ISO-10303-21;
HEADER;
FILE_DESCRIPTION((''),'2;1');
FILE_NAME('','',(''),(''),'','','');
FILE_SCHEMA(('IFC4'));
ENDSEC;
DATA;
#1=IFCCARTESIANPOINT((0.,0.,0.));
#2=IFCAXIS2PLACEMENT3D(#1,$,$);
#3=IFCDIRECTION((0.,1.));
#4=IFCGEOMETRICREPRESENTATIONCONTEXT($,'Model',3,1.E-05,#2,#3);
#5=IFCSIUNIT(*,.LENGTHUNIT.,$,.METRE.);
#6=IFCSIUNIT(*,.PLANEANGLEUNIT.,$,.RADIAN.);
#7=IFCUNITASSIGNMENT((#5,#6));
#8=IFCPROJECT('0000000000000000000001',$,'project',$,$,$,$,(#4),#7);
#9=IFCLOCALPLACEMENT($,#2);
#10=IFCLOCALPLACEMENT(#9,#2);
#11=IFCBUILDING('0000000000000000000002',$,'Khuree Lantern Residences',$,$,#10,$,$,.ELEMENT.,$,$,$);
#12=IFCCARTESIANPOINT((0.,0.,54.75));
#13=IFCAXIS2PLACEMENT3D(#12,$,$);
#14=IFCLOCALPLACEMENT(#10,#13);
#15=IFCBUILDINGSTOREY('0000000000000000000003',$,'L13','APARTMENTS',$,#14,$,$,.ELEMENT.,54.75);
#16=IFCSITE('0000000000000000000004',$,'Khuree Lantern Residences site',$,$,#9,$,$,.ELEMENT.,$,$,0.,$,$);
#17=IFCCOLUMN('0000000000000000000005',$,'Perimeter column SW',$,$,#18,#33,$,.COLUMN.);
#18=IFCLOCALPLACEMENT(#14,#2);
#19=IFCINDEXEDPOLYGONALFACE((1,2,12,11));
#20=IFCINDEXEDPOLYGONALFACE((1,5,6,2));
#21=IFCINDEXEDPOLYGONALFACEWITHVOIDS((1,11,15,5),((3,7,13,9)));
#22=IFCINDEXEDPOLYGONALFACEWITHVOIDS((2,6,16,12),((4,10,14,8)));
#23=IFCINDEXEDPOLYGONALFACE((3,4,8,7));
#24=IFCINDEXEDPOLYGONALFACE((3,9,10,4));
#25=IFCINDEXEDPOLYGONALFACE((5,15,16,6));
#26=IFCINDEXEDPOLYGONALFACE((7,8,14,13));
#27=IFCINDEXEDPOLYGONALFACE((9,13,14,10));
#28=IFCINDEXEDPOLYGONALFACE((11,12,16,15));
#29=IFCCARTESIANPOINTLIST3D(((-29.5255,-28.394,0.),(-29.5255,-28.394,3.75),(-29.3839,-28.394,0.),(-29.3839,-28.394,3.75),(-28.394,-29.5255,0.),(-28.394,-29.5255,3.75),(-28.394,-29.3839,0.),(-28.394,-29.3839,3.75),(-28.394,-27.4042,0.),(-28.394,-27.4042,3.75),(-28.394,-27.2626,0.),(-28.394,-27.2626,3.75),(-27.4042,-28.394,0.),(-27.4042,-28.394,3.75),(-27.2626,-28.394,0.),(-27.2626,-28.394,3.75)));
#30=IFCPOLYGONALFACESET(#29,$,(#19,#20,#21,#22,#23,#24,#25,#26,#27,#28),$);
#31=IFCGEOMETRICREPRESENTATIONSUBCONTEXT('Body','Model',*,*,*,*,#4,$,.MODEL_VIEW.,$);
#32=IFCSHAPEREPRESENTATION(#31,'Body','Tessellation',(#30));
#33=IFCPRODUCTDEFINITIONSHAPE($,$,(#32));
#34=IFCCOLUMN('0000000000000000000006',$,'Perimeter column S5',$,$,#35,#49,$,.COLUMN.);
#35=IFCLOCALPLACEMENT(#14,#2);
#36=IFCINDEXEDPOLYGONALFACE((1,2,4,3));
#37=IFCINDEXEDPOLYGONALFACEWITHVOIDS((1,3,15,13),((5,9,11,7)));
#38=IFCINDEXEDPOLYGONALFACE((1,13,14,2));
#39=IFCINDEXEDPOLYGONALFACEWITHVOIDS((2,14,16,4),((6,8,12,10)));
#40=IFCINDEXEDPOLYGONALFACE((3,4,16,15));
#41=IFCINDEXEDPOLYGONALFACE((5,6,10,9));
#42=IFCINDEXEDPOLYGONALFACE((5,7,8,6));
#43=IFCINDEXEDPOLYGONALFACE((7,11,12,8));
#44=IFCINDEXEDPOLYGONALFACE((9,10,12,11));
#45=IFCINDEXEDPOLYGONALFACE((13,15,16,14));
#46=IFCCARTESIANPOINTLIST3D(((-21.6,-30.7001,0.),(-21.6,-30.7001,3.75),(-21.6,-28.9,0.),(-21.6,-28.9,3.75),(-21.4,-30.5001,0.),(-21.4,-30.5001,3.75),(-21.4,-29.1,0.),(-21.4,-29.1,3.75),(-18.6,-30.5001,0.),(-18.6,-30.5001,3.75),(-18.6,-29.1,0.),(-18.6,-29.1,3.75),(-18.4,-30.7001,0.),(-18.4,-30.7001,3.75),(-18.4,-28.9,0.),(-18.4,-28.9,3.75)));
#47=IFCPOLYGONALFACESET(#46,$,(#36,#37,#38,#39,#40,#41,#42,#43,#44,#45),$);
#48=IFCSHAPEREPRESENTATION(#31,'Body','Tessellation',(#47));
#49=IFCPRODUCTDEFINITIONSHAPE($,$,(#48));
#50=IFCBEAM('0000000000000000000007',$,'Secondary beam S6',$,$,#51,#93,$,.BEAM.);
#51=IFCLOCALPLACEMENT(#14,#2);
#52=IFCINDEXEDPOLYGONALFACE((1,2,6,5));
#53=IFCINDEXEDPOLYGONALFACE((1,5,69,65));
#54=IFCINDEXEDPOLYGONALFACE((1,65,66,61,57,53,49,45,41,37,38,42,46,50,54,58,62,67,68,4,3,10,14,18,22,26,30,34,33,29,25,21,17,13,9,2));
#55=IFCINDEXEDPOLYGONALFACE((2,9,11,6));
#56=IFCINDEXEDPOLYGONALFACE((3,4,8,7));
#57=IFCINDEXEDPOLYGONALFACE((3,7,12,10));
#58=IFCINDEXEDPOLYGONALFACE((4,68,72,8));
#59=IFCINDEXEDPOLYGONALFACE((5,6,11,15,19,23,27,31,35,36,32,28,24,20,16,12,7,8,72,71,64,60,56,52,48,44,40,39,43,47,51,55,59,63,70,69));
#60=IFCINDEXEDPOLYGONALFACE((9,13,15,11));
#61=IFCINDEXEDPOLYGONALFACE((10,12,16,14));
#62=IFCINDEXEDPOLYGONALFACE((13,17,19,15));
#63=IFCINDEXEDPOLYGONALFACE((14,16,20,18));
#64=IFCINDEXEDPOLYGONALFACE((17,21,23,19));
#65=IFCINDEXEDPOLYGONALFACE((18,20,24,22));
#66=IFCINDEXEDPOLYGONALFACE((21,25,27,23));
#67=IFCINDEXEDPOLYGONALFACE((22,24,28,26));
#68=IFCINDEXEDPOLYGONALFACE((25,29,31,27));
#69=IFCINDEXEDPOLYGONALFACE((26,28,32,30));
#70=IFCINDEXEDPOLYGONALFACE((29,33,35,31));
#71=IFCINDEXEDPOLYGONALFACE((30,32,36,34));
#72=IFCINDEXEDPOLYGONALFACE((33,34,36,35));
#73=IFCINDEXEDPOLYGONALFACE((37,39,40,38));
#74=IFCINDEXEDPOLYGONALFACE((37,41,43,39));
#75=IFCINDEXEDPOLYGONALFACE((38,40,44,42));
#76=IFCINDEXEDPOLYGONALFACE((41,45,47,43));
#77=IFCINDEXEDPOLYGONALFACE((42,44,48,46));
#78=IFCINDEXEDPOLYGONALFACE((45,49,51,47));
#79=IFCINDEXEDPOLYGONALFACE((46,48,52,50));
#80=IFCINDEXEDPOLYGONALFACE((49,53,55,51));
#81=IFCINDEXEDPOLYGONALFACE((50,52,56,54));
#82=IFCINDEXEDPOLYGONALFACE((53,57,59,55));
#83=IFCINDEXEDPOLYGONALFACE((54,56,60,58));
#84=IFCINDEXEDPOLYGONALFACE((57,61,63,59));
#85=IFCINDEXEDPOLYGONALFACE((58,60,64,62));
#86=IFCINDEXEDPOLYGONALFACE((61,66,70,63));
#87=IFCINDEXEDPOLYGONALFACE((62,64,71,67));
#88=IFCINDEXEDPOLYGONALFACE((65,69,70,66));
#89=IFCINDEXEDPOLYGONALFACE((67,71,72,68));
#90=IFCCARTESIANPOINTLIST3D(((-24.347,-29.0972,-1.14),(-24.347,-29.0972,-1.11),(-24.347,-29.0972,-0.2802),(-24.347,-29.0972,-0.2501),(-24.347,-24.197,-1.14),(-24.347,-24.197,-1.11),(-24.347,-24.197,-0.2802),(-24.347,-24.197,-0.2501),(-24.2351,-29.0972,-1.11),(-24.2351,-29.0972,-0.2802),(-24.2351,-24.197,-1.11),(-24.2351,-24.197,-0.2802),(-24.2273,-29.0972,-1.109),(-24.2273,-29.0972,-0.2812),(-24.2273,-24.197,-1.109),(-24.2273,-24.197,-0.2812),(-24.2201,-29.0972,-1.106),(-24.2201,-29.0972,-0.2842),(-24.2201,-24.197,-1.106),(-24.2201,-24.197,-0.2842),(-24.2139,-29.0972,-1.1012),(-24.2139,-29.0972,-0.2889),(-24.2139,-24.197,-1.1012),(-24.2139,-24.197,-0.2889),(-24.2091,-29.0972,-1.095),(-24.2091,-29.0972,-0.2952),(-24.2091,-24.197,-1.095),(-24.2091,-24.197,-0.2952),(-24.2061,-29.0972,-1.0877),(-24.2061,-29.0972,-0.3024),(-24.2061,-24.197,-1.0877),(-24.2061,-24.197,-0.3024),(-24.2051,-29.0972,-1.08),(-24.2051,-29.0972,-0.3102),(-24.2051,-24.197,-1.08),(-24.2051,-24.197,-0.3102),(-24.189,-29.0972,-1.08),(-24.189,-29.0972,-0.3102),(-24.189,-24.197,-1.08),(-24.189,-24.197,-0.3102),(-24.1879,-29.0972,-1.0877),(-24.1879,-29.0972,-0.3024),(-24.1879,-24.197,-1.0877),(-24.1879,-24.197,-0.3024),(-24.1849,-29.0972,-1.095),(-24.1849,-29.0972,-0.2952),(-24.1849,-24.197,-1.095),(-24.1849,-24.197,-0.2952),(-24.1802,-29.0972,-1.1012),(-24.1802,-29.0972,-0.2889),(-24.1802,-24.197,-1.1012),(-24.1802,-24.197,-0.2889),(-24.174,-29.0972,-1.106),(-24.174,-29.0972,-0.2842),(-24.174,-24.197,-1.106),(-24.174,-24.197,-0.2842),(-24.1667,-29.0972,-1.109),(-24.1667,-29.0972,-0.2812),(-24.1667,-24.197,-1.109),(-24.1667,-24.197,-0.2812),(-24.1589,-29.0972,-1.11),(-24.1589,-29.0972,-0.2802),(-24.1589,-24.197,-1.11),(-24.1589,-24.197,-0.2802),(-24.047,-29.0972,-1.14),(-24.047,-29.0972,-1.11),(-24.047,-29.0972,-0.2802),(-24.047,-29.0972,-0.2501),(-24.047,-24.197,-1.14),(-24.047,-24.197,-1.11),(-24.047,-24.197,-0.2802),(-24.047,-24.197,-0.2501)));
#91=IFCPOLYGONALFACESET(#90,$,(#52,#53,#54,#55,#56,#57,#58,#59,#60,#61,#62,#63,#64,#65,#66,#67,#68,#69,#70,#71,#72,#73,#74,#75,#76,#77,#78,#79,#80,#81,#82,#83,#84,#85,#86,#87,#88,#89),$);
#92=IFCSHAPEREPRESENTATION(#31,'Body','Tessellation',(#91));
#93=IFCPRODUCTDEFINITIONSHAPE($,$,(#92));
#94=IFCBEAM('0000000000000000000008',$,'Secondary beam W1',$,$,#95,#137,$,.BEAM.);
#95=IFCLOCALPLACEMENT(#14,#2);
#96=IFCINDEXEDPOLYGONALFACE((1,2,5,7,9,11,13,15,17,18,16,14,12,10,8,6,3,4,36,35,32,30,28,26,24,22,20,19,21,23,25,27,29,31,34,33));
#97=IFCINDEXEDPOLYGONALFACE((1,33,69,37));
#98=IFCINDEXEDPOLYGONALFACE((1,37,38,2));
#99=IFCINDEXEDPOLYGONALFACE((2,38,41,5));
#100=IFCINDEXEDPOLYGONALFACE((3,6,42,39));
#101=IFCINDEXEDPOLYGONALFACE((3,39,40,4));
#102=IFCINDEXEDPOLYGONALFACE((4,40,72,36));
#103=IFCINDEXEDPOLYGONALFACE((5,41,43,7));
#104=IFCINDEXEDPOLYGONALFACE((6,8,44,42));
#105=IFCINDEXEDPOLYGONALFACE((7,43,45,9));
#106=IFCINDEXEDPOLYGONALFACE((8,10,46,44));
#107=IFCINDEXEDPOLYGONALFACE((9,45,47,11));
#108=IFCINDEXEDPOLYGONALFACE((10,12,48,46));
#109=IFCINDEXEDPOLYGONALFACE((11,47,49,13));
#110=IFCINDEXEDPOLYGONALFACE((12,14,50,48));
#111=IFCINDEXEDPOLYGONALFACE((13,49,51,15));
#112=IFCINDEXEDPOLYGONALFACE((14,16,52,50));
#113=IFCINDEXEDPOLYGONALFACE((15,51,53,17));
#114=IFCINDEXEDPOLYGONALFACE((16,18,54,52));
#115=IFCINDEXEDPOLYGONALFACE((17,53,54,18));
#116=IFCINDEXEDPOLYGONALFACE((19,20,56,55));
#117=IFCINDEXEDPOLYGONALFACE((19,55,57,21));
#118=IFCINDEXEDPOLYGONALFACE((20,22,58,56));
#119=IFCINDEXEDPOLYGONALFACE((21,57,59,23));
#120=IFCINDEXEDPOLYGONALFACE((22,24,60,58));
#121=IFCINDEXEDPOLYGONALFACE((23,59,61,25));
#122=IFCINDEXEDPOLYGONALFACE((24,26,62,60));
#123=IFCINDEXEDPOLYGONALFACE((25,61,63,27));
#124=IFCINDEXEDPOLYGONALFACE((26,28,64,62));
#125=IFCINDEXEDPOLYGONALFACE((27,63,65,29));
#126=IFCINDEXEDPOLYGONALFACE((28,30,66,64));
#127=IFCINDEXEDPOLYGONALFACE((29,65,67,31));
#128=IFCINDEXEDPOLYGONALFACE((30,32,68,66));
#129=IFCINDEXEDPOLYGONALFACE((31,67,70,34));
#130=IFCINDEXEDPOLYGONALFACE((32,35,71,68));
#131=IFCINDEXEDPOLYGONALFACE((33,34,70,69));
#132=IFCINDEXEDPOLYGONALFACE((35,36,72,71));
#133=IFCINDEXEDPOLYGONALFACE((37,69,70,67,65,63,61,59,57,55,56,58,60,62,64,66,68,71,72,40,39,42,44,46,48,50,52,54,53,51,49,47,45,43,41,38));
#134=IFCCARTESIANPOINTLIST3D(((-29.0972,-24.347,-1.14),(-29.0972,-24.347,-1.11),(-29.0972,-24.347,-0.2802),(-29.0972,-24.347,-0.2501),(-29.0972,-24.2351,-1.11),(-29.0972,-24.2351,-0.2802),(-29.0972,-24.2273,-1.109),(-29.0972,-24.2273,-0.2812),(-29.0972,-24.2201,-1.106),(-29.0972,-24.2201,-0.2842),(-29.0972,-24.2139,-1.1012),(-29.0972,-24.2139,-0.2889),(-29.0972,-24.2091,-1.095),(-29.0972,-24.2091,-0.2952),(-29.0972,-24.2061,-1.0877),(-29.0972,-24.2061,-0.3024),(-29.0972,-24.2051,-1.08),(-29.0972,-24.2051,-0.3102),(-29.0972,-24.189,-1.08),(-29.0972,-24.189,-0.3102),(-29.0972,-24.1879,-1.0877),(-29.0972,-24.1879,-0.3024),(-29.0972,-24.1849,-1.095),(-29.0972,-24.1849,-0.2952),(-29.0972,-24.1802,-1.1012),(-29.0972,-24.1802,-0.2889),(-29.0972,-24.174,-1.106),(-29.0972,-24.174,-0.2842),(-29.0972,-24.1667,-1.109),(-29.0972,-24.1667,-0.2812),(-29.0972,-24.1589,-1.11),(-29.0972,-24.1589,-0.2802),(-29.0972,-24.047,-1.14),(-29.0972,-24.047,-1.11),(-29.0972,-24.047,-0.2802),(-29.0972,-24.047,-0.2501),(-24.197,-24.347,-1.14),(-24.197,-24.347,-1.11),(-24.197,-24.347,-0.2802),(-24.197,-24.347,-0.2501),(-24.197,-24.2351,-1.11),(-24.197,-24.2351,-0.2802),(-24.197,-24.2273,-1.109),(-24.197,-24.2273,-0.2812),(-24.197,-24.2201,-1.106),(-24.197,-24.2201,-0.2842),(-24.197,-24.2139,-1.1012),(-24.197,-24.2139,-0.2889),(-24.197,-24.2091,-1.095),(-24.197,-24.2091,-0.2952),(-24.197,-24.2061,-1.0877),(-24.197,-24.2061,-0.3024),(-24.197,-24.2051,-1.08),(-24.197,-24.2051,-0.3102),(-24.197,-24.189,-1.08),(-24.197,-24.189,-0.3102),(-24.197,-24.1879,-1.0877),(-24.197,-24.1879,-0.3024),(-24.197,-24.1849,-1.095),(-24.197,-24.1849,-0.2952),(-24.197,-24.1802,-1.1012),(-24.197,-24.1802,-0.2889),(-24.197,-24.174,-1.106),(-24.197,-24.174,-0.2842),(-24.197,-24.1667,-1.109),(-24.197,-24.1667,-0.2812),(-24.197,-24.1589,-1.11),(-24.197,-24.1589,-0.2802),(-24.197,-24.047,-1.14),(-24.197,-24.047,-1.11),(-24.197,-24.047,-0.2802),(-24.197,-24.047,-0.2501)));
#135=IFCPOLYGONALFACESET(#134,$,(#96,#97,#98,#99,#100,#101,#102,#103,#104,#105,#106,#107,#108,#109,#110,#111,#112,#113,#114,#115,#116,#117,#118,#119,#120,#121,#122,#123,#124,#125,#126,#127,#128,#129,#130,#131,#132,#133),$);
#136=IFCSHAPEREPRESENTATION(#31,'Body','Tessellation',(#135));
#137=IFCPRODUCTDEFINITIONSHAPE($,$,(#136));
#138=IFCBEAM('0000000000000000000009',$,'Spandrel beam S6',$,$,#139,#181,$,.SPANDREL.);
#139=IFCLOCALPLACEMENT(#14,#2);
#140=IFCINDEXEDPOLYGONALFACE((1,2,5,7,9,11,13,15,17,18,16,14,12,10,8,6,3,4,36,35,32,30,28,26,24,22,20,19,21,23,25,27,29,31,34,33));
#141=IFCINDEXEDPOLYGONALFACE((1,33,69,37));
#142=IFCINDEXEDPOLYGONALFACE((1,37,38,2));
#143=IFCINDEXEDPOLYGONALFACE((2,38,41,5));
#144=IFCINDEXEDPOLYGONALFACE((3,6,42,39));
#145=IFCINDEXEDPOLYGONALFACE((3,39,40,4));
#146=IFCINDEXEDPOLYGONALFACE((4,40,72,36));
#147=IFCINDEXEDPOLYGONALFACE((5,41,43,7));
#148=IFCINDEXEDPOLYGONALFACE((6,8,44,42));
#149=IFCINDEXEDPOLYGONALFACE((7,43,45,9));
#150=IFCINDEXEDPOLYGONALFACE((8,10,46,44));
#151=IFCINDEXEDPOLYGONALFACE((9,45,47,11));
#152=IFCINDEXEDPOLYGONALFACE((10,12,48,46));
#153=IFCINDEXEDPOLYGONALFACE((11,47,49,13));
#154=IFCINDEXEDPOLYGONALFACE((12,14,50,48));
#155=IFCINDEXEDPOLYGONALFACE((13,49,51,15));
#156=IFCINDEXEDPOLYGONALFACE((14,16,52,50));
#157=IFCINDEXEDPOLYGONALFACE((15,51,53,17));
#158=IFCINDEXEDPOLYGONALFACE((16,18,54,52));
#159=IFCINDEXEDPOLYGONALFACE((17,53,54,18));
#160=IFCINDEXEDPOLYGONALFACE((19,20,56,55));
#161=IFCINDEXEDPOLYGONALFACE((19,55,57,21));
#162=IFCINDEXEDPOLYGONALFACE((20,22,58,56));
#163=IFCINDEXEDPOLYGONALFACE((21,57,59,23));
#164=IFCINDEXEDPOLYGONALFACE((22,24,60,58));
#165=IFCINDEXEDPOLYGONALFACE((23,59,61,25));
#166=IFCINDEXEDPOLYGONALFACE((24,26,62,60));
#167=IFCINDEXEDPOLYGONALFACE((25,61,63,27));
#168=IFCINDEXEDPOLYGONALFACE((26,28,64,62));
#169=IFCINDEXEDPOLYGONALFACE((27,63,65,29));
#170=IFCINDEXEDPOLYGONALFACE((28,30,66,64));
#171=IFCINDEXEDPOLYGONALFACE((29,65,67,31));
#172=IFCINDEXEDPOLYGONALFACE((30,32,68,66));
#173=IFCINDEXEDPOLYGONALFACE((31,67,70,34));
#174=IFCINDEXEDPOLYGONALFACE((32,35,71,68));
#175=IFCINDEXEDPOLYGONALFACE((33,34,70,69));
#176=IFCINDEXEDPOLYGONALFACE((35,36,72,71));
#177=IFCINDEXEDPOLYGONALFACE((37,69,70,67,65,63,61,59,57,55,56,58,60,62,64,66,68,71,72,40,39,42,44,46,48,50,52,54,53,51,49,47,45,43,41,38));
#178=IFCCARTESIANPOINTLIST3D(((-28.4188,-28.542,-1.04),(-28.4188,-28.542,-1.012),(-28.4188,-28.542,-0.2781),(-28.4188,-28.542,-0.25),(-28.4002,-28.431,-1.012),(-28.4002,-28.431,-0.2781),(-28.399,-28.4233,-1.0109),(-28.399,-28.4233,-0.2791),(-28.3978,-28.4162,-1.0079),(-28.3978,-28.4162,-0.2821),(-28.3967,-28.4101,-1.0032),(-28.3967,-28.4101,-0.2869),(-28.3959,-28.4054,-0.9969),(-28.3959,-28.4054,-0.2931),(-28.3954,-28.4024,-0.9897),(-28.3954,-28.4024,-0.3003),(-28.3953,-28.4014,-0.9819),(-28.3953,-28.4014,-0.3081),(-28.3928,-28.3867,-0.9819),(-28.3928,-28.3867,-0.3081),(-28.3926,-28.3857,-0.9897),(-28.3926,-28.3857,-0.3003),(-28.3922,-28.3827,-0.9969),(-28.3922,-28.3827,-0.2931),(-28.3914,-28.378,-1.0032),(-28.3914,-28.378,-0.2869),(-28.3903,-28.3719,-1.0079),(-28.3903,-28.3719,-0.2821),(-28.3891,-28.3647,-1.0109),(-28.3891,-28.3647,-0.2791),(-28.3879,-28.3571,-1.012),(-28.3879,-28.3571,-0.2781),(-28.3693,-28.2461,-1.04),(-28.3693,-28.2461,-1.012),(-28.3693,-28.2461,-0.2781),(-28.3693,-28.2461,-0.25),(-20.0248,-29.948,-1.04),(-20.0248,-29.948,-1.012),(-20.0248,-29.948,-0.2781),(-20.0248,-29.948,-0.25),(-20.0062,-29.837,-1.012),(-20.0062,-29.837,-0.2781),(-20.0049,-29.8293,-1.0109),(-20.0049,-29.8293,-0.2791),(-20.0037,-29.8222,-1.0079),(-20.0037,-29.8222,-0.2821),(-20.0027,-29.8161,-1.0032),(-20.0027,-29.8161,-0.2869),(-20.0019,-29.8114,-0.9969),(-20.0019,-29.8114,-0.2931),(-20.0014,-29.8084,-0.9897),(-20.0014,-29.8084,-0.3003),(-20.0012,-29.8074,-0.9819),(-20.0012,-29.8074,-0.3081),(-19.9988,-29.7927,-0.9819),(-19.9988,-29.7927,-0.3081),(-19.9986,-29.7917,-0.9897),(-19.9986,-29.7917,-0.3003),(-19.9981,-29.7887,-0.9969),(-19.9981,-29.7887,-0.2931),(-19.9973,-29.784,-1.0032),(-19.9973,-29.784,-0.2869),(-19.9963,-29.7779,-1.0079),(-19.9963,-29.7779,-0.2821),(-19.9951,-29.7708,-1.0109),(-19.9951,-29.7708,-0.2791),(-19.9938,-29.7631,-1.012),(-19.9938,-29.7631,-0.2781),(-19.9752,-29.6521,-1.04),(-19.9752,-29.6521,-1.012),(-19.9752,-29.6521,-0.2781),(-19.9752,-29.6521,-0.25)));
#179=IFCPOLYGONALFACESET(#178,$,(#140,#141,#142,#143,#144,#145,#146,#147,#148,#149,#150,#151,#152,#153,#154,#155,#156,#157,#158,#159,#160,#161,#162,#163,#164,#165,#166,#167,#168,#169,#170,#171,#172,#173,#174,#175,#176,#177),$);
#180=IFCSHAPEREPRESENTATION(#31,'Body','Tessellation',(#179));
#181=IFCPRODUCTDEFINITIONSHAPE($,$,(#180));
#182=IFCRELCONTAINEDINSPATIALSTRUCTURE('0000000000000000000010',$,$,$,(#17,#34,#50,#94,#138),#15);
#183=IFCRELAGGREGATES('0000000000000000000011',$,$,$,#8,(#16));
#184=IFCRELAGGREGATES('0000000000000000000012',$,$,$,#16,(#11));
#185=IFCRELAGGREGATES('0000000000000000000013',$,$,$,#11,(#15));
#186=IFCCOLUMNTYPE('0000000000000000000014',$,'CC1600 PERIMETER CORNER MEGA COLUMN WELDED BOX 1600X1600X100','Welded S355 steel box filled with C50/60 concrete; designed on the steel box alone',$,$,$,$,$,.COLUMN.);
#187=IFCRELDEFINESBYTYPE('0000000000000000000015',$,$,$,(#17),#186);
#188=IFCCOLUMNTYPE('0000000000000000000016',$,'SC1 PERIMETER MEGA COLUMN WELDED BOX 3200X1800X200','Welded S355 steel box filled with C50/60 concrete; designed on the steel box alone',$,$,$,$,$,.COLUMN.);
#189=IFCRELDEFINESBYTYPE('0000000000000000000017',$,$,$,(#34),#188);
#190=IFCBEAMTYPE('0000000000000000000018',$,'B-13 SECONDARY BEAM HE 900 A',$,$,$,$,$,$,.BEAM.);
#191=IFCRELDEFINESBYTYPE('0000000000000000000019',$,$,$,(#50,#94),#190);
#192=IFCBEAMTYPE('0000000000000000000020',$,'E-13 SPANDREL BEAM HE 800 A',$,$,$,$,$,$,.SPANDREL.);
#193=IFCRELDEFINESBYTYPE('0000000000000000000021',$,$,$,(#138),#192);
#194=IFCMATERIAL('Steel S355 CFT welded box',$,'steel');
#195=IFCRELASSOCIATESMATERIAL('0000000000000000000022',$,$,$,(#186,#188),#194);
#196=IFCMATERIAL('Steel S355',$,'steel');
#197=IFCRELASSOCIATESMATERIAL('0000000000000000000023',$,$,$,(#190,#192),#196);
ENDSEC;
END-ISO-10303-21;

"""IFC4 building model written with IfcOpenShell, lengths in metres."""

from ifc_helpers import new_model, si_unit, direction, frame, origin, origin_2d, place, context, subcontext, project, spatial, hollow_rectangle, i_section, extrude, material, material_profile, profile_set, type_object, element, save


model = new_model("IFC4")

# Units and contexts
model_context = context("Model", 3, precision=1e-05, world=origin(), true_north=direction((0.0, 1.0)))
body_context = subcontext(model_context, "Body", "Model", "MODEL_VIEW")
ifc_project = project(units=[si_unit("LENGTHUNIT", "METRE"), si_unit("PLANEANGLEUNIT", "RADIAN")], contexts=[model_context])

# Site, building, storey
site_placement = place(None, origin())
site = spatial("IfcSite", under=ifc_project, at=site_placement, Name="Khuree Lantern Residences site", CompositionType="ELEMENT", RefElevation=0.0)
building_placement = place(site_placement, origin())
building = spatial("IfcBuilding", under=site, at=building_placement, Name="Khuree Lantern Residences", CompositionType="ELEMENT")
storey_placement = place(building_placement, frame((0.0, 0.0, 54.75)))
storey = spatial("IfcBuildingStorey", under=building, at=storey_placement, Name="L13", Description="APARTMENTS", CompositionType="ELEMENT", Elevation=54.75)

# Columns
ifc_material_1 = material(Name="Steel S355 CFT welded box", Category="steel")
ifc_material_profile_1 = material_profile(ifc_material_1, hollow_rectangle(XDim=1.6001, YDim=1.6001, WallThickness=0.1001, at=origin_2d()), Name="WELDED BOX 1600X1600X100")
ifc_profile_set_1 = profile_set([ifc_material_profile_1], Name="Steel S355 CFT welded box")
column_type_1 = type_object("IfcColumnType", Name="CC1600 PERIMETER CORNER MEGA COLUMN WELDED BOX 1600X1600X100", Description="Welded S355 steel box filled with C50/60 concrete; designed on the steel box alone", PredefinedType="COLUMN", material=ifc_profile_set_1)
column_1_placement = place(storey_placement, frame((-28.394, -28.394, 0.0), z_axis=(0.0, 0.0, 1.0), x_axis=(0.707107, -0.707107, 0.0)))
element("IfcColumn", 1, at=column_1_placement, inside=storey, type_object=column_type_1, Name="Perimeter column SW", PredefinedType="COLUMN", context=body_context, shape_type="SweptSolid", body=[
    extrude(hollow_rectangle(XDim=1.6001, YDim=1.6001, WallThickness=0.1001, at=origin_2d()), origin(), (0.0, 0.0, 1.0), 3.75),
])
ifc_material_profile_2 = material_profile(ifc_material_1, hollow_rectangle(XDim=3.2, YDim=1.8, WallThickness=0.2, at=origin_2d()), Name="WELDED BOX 3200X1800X200")
ifc_profile_set_2 = profile_set([ifc_material_profile_2], Name="Steel S355 CFT welded box")
column_type_2 = type_object("IfcColumnType", Name="SC1 PERIMETER MEGA COLUMN WELDED BOX 3200X1800X200", Description="Welded S355 steel box filled with C50/60 concrete; designed on the steel box alone", PredefinedType="COLUMN", material=ifc_profile_set_2)
column_2_placement = place(storey_placement, frame((-20.0, -29.8, 0.0), z_axis=(0.0, 0.0, 1.0), x_axis=(1.0, 0.0, 0.0)))
element("IfcColumn", 2, at=column_2_placement, inside=storey, type_object=column_type_2, Name="Perimeter column S5", PredefinedType="COLUMN", context=body_context, shape_type="SweptSolid", body=[
    extrude(hollow_rectangle(XDim=3.2, YDim=1.8, WallThickness=0.2, at=origin_2d()), origin(), (0.0, 0.0, 1.0), 3.75),
])

# Beams
ifc_material_2 = material(Name="Steel S355", Category="steel")
ifc_material_profile_3 = material_profile(ifc_material_2, i_section(OverallWidth=0.3, OverallDepth=0.8899, WebThickness=0.0161, FlangeThickness=0.03, FilletRadius=0.03, at=origin_2d()), Name="HE 900 A")
ifc_profile_set_3 = profile_set([ifc_material_profile_3], Name="Steel S355")
beam_type_1 = type_object("IfcBeamType", Name="B-13 SECONDARY BEAM HE 900 A", PredefinedType="BEAM", material=ifc_profile_set_3)
for number, where, z_axis, x_axis, name in (
    (3, (-24.197, -29.0972, -0.6951), (0.0, 1.0, 0.0), (-1.0, 0.0, 0.0), "Secondary beam S6"),
    (4, (-29.0972, -24.197, -0.6951), (1.0, 0.0, 0.0), (0.0, 1.0, 0.0), "Secondary beam W1"),
):
    element("IfcBeam", number, at=place(storey_placement, frame(where, z_axis=z_axis, x_axis=x_axis)), inside=storey, type_object=beam_type_1, Name=name, PredefinedType="BEAM", context=body_context, shape_type="SweptSolid", body=[
        extrude(i_section(OverallWidth=0.3, OverallDepth=0.8899, WebThickness=0.0161, FlangeThickness=0.03, FilletRadius=0.03, at=origin_2d()), origin(), (0.0, 0.0, 1.0), 4.9001),
    ])
ifc_material_profile_4 = material_profile(ifc_material_2, i_section(OverallWidth=0.3, OverallDepth=0.79, WebThickness=0.0149, FlangeThickness=0.0281, FilletRadius=0.03, at=origin_2d()), Name="HE 800 A")
ifc_profile_set_4 = profile_set([ifc_material_profile_4], Name="Steel S355")
beam_type_2 = type_object("IfcBeamType", Name="E-13 SPANDREL BEAM HE 800 A", PredefinedType="SPANDREL", material=ifc_profile_set_4)
for number, where, z_axis, x_axis, name in (
    (5, (-20.0, -29.8, -0.645), (-0.98626, 0.165199, 0.0), (-0.165199, -0.98626, 0.0), "Spandrel beam S6"),
):
    element("IfcBeam", number, at=place(storey_placement, frame(where, z_axis=z_axis, x_axis=x_axis)), inside=storey, type_object=beam_type_2, Name=name, PredefinedType="SPANDREL", context=body_context, shape_type="SweptSolid", body=[
        extrude(i_section(OverallWidth=0.3, OverallDepth=0.79, WebThickness=0.0149, FlangeThickness=0.0281, FilletRadius=0.03, at=origin_2d()), origin(), (0.0, 0.0, 1.0), 8.511),
    ])

save(model, "model.ifc")
